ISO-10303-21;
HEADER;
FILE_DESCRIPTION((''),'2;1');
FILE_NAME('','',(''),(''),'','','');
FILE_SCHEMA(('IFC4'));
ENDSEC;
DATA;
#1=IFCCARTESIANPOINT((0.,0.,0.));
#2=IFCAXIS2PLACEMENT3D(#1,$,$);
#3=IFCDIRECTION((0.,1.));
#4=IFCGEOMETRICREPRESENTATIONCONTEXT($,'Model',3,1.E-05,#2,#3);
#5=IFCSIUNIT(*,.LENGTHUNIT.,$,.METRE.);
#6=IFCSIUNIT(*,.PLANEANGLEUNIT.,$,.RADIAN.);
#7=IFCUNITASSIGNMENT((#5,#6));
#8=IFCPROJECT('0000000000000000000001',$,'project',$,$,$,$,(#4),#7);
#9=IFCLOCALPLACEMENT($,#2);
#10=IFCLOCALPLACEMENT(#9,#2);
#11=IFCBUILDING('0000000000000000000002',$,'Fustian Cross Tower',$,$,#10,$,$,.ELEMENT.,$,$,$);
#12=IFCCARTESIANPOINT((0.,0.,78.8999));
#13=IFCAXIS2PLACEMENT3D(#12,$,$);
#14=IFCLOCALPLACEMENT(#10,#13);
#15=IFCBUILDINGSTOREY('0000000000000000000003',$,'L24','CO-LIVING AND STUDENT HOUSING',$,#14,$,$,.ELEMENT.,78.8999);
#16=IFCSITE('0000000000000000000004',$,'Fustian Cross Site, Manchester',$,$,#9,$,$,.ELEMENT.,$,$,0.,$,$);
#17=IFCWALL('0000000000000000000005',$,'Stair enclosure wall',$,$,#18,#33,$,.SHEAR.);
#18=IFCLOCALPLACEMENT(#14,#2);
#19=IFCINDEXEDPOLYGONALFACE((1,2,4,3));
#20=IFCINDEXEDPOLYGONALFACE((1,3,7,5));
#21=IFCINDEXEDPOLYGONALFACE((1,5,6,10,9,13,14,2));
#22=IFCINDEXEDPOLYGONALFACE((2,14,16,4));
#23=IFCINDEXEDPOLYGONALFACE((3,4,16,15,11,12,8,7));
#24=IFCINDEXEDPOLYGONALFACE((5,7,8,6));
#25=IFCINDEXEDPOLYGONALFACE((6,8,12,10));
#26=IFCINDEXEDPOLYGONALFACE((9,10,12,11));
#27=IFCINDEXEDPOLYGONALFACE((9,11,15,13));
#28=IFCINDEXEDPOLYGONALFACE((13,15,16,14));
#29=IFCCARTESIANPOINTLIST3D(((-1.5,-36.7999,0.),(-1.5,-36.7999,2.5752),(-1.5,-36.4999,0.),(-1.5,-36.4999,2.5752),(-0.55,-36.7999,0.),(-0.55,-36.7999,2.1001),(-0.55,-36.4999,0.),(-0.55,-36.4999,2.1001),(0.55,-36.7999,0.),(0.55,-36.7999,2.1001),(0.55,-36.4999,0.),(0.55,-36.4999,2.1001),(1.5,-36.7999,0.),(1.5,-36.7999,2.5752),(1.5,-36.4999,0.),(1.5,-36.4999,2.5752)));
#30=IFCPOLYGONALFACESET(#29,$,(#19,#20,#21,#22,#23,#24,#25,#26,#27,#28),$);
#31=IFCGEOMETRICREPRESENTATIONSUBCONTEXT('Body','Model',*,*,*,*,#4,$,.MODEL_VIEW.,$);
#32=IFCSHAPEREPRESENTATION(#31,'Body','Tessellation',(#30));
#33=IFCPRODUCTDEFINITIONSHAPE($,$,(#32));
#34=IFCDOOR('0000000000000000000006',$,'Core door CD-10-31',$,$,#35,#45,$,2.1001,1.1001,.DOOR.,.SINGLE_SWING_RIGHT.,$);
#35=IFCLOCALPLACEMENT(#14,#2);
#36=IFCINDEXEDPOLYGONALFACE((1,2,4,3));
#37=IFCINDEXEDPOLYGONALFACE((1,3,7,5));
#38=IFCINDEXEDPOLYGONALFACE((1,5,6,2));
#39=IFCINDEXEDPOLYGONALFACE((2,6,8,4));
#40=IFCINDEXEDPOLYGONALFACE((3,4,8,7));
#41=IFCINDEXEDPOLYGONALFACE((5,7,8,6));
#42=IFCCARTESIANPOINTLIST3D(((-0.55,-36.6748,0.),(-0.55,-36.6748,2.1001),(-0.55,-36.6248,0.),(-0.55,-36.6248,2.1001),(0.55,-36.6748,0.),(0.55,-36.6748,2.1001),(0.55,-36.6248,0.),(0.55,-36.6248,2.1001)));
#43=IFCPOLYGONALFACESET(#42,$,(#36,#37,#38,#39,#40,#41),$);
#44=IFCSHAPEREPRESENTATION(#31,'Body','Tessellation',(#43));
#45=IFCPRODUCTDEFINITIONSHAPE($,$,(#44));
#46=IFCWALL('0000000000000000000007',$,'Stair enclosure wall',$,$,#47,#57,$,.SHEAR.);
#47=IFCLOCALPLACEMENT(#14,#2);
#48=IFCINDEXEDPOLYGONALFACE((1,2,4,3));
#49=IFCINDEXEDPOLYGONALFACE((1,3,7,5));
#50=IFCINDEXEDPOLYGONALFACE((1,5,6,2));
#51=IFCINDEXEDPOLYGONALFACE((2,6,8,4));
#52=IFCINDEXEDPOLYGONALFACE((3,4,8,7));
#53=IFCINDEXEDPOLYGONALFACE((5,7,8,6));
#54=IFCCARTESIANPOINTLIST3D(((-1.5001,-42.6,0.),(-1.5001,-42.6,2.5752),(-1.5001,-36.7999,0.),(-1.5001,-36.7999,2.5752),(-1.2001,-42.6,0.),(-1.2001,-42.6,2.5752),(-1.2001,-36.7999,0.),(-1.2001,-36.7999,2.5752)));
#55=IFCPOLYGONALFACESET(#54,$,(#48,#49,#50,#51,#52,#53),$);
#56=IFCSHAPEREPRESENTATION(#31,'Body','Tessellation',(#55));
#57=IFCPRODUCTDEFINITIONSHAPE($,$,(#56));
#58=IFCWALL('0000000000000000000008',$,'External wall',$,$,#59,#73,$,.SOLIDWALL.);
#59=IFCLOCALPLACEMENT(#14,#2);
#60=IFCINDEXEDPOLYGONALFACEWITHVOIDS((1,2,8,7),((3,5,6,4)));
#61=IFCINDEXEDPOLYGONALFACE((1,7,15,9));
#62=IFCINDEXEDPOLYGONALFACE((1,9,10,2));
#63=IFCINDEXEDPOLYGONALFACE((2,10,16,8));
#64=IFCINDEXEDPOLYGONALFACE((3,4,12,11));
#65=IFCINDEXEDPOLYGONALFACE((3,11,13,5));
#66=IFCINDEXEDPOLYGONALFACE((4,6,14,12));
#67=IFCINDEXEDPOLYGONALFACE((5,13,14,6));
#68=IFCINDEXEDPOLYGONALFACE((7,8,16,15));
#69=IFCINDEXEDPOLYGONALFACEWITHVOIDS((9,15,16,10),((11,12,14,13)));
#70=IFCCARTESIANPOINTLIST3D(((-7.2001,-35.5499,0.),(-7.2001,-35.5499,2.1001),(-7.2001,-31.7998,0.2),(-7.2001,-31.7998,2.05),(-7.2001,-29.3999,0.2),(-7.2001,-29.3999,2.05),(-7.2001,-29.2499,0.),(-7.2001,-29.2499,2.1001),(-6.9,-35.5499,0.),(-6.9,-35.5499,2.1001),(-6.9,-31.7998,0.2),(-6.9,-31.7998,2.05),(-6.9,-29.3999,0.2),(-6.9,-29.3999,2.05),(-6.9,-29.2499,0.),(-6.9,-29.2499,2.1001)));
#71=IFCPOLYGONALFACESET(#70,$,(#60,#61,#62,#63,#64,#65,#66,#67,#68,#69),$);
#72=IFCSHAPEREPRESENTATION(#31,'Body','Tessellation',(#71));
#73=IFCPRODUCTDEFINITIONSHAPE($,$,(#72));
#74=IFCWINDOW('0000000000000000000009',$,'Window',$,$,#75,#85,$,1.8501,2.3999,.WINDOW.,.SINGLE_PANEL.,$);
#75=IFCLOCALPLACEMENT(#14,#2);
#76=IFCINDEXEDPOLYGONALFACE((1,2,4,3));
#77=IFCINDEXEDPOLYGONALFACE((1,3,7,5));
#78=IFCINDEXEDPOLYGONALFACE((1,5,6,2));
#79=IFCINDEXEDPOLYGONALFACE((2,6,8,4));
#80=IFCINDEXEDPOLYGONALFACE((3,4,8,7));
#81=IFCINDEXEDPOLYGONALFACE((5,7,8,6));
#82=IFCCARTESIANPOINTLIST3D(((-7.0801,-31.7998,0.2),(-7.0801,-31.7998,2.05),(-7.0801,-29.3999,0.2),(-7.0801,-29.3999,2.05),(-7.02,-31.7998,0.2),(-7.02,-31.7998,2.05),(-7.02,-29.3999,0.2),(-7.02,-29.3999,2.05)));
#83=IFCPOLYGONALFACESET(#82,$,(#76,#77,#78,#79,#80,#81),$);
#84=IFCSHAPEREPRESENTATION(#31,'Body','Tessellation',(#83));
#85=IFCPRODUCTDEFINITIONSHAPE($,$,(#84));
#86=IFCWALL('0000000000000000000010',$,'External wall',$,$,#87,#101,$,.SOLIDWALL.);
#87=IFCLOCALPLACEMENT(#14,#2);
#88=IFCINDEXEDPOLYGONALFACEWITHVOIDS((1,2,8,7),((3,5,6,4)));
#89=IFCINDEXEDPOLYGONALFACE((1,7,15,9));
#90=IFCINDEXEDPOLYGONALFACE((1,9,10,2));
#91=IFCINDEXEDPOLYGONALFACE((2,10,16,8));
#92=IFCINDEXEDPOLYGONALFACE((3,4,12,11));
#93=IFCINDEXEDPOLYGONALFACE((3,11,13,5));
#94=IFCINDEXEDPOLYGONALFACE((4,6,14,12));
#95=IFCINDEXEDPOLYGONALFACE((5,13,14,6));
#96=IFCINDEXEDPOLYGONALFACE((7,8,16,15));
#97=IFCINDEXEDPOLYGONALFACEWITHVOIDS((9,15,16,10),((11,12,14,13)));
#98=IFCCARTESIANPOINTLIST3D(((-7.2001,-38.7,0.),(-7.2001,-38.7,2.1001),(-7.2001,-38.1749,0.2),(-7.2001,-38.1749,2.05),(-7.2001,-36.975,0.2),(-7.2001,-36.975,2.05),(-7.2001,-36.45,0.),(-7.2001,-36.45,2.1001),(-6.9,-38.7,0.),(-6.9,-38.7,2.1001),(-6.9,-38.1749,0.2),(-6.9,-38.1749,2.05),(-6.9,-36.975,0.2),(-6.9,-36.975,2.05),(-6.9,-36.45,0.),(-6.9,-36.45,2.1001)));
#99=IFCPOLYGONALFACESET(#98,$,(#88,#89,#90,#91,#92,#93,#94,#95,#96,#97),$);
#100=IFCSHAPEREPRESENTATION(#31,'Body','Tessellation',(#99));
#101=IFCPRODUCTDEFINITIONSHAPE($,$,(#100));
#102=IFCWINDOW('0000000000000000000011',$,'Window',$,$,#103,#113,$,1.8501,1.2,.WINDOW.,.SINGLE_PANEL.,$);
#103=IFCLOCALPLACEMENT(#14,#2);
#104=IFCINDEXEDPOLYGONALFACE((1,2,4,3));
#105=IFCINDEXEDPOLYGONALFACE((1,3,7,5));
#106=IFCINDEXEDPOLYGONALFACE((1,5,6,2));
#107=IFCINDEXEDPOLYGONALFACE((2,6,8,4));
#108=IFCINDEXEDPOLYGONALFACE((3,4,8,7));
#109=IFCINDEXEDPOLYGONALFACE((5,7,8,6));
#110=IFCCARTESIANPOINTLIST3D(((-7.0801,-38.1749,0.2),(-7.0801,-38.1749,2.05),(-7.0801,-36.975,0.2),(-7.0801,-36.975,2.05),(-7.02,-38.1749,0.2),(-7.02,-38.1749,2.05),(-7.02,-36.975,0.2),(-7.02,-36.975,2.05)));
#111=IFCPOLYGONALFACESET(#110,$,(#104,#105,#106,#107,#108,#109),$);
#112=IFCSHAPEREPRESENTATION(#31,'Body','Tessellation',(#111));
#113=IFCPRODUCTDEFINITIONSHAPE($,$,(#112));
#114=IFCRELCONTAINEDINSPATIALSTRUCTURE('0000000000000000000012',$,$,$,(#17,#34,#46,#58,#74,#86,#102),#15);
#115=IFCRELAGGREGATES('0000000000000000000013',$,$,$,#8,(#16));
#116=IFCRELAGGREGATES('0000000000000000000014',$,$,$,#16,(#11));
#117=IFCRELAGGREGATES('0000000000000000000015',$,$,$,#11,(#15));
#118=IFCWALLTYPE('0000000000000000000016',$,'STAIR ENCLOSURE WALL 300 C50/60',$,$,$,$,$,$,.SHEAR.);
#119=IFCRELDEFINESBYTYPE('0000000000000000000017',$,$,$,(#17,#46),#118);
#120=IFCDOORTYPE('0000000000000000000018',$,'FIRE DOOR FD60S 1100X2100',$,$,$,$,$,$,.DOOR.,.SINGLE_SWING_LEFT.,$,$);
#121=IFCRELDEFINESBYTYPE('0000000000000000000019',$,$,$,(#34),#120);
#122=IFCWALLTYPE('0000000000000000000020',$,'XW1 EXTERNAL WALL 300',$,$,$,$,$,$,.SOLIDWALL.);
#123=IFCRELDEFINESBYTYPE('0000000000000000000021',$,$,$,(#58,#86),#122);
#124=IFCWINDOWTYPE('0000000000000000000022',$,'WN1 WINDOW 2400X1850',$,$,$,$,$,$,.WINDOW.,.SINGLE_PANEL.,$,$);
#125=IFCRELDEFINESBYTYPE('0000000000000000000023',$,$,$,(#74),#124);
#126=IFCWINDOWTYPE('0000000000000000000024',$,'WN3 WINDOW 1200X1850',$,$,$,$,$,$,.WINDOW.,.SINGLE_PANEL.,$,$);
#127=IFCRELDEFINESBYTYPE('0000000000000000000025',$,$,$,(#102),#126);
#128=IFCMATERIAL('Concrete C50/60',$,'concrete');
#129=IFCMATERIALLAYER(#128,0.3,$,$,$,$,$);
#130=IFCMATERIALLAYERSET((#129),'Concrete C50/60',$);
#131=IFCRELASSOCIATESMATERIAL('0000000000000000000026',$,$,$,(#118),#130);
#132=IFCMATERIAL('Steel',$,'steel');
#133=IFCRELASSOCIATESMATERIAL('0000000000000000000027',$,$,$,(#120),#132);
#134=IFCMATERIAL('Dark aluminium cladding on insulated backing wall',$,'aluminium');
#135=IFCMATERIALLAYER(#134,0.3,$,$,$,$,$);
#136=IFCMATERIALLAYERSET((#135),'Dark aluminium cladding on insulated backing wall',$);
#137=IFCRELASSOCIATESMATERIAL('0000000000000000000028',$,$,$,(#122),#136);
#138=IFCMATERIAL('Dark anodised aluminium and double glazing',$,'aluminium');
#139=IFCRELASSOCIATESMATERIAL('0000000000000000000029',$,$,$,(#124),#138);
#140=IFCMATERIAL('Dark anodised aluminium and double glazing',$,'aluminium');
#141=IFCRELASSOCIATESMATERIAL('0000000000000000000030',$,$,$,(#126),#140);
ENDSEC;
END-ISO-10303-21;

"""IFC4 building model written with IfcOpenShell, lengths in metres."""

from ifc_helpers import new_model, si_unit, direction, frame, frame_2d, origin, place, context, subcontext, project, spatial, rectangle, extrude, material, layer, layer_set, type_object, element, fill, save


model = new_model("IFC4")

# Units and contexts
model_context = context("Model", 3, precision=1e-05, world=origin(), true_north=direction((0.0, 1.0)))
body_context = subcontext(model_context, "Body", "Model", "MODEL_VIEW")
ifc_project = project(units=[si_unit("LENGTHUNIT", "METRE"), si_unit("PLANEANGLEUNIT", "RADIAN")], contexts=[model_context])

# Site, building, storey
site_placement = place(None, origin())
site = spatial("IfcSite", under=ifc_project, at=site_placement, Name="Fustian Cross Site, Manchester", CompositionType="ELEMENT", RefElevation=0.0)
building_placement = place(site_placement, origin())
building = spatial("IfcBuilding", under=site, at=building_placement, Name="Fustian Cross Tower", CompositionType="ELEMENT")
storey_placement = place(building_placement, frame((0.0, 0.0, 78.8999)))
storey = spatial("IfcBuildingStorey", under=building, at=storey_placement, Name="L24", Description="CO-LIVING AND STUDENT HOUSING", CompositionType="ELEMENT", Elevation=78.8999)

# Wall, opening, door
ifc_material_1 = material(Name="Concrete C50/60", Category="concrete")
ifc_layer_1 = layer(ifc_material_1, 0.3)
ifc_layer_set_1 = layer_set([ifc_layer_1], Name="Concrete C50/60")
wall_type_1 = type_object("IfcWallType", Name="STAIR ENCLOSURE WALL 300 C50/60", PredefinedType="SHEAR", material=ifc_layer_set_1)
wall_1_placement = place(storey_placement, frame((-1.5, -36.6499, 0.0), z_axis=(0.0, 0.0, 1.0), x_axis=(1.0, 0.0, 0.0)))
wall_1 = element("IfcWall", 1, at=wall_1_placement, inside=storey, type_object=wall_type_1, Name="Stair enclosure wall", PredefinedType="SHEAR", context=body_context, shape_type="SweptSolid", body=[
    extrude(rectangle(XDim=3.0, YDim=0.3, at=frame_2d((1.5, 0.0))), origin(), (0.0, 0.0, 1.0), 2.5752),
])
opening_1_placement = place(wall_1_placement, frame((0.95, 0.0, 0.0)))
opening_1 = element("IfcOpeningElement", 2, at=opening_1_placement, cuts=wall_1, PredefinedType="OPENING", context=body_context, shape_type="SweptSolid", body=[
    extrude(rectangle(XDim=1.1001, YDim=2.1001, at=frame_2d((0.55, 1.05))), frame((0.0, 0.1599, 0.0), z_axis=(0.0, -1.0, 0.0), x_axis=(1.0, 0.0, 0.0)), (0.0, 0.0, 1.0), 0.3201),
])
ifc_material_2 = material(Name="Steel", Category="steel")
door_type_1 = type_object("IfcDoorType", Name="FIRE DOOR FD60S 1100X2100", OperationType="SINGLE_SWING_LEFT", PredefinedType="DOOR", material=ifc_material_2)
door_1_placement = place(opening_1_placement, frame((1.1001, 0.0, 0.0), z_axis=(0.0, 0.0, 1.0), x_axis=(-1.0, 0.0, 0.0)))
door_1 = element("IfcDoor", 3, at=door_1_placement, inside=storey, type_object=door_type_1, Name="Core door CD-10-31", OperationType="SINGLE_SWING_RIGHT", OverallHeight=2.1001, OverallWidth=1.1001, PredefinedType="DOOR", context=body_context, shape_type="SweptSolid", body=[
    extrude(rectangle(XDim=1.1001, YDim=2.1001, at=frame_2d((0.55, 1.05))), frame((0.0, 0.0249, 0.0), z_axis=(0.0, -1.0, 0.0), x_axis=(1.0, 0.0, 0.0)), (0.0, 0.0, 1.0), 0.05),
])
fill(opening_1, door_1)

# Wall
wall_2_placement = place(storey_placement, frame((-1.3501, -36.8, 0.0), z_axis=(0.0, 0.0, 1.0), x_axis=(0.0, -1.0, 0.0)))
element("IfcWall", 4, at=wall_2_placement, inside=storey, type_object=wall_type_1, Name="Stair enclosure wall", PredefinedType="SHEAR", context=body_context, shape_type="SweptSolid", body=[
    extrude(rectangle(XDim=5.8, YDim=0.3, at=frame_2d((2.8999, 0.0))), origin(), (0.0, 0.0, 1.0), 2.5752),
])

# Walls, openings, windows
ifc_material_3 = material(Name="Dark aluminium cladding on insulated backing wall", Category="aluminium")
ifc_layer_2 = layer(ifc_material_3, 0.3)
ifc_layer_set_2 = layer_set([ifc_layer_2], Name="Dark aluminium cladding on insulated backing wall")
wall_type_2 = type_object("IfcWallType", Name="XW1 EXTERNAL WALL 300", PredefinedType="SOLIDWALL", material=ifc_layer_set_2)
wall_3_placement = place(storey_placement, frame((-7.05, -29.25, 0.0), z_axis=(0.0, 0.0, 1.0), x_axis=(0.0, -1.0, 0.0)))
wall_3 = element("IfcWall", 5, at=wall_3_placement, inside=storey, type_object=wall_type_2, Name="External wall", PredefinedType="SOLIDWALL", context=body_context, shape_type="SweptSolid", body=[
    extrude(rectangle(XDim=6.3, YDim=0.3, at=frame_2d((3.1499, 0.0))), origin(), (0.0, 0.0, 1.0), 2.1001),
])
opening_2_placement = place(wall_3_placement, frame((0.1499, 0.0, 0.2)))
opening_2 = element("IfcOpeningElement", 6, at=opening_2_placement, cuts=wall_3, PredefinedType="OPENING", context=body_context, shape_type="SweptSolid", body=[
    extrude(rectangle(XDim=2.3999, YDim=1.8501, at=frame_2d((1.2, 0.925))), frame((0.0, 0.1599, 0.0), z_axis=(0.0, -1.0, 0.0), x_axis=(1.0, 0.0, 0.0)), (0.0, 0.0, 1.0), 0.3201),
])
ifc_material_4 = material(Name="Dark anodised aluminium and double glazing", Category="aluminium")
window_type_1 = type_object("IfcWindowType", Name="WN1 WINDOW 2400X1850", PartitioningType="SINGLE_PANEL", PredefinedType="WINDOW", material=ifc_material_4)
window_1_placement = place(opening_2_placement, origin())
window_1 = element("IfcWindow", 7, at=window_1_placement, inside=storey, type_object=window_type_1, Name="Window", OverallHeight=1.8501, OverallWidth=2.3999, PartitioningType="SINGLE_PANEL", PredefinedType="WINDOW", context=body_context, shape_type="SweptSolid", body=[
    extrude(rectangle(XDim=2.3999, YDim=1.8501, at=frame_2d((1.2, 0.925))), frame((0.0, 0.03, 0.0), z_axis=(0.0, -1.0, 0.0), x_axis=(1.0, 0.0, 0.0)), (0.0, 0.0, 1.0), 0.0601),
])
fill(opening_2, window_1)
wall_4_placement = place(storey_placement, frame((-7.05, -36.45, 0.0), z_axis=(0.0, 0.0, 1.0), x_axis=(0.0, -1.0, 0.0)))
wall_4 = element("IfcWall", 8, at=wall_4_placement, inside=storey, type_object=wall_type_2, Name="External wall", PredefinedType="SOLIDWALL", context=body_context, shape_type="SweptSolid", body=[
    extrude(rectangle(XDim=2.25, YDim=0.3, at=frame_2d((1.125, 0.0))), origin(), (0.0, 0.0, 1.0), 2.1001),
])
opening_3_placement = place(wall_4_placement, frame((0.5249, 0.0, 0.2)))
opening_3 = element("IfcOpeningElement", 9, at=opening_3_placement, cuts=wall_4, PredefinedType="OPENING", context=body_context, shape_type="SweptSolid", body=[
    extrude(rectangle(XDim=1.2, YDim=1.8501, at=frame_2d((0.6001, 0.925))), frame((0.0, 0.1599, 0.0), z_axis=(0.0, -1.0, 0.0), x_axis=(1.0, 0.0, 0.0)), (0.0, 0.0, 1.0), 0.3201),
])
ifc_material_5 = material(Name="Dark anodised aluminium and double glazing", Category="aluminium")
window_type_2 = type_object("IfcWindowType", Name="WN3 WINDOW 1200X1850", PartitioningType="SINGLE_PANEL", PredefinedType="WINDOW", material=ifc_material_5)
window_2_placement = place(opening_3_placement, origin())
window_2 = element("IfcWindow", 10, at=window_2_placement, inside=storey, type_object=window_type_2, Name="Window", OverallHeight=1.8501, OverallWidth=1.2, PartitioningType="SINGLE_PANEL", PredefinedType="WINDOW", context=body_context, shape_type="SweptSolid", body=[
    extrude(rectangle(XDim=1.2, YDim=1.8501, at=frame_2d((0.6001, 0.925))), frame((0.0, 0.03, 0.0), z_axis=(0.0, -1.0, 0.0), x_axis=(1.0, 0.0, 0.0)), (0.0, 0.0, 1.0), 0.0601),
])
fill(opening_3, window_2)

save(model, "model.ifc")
